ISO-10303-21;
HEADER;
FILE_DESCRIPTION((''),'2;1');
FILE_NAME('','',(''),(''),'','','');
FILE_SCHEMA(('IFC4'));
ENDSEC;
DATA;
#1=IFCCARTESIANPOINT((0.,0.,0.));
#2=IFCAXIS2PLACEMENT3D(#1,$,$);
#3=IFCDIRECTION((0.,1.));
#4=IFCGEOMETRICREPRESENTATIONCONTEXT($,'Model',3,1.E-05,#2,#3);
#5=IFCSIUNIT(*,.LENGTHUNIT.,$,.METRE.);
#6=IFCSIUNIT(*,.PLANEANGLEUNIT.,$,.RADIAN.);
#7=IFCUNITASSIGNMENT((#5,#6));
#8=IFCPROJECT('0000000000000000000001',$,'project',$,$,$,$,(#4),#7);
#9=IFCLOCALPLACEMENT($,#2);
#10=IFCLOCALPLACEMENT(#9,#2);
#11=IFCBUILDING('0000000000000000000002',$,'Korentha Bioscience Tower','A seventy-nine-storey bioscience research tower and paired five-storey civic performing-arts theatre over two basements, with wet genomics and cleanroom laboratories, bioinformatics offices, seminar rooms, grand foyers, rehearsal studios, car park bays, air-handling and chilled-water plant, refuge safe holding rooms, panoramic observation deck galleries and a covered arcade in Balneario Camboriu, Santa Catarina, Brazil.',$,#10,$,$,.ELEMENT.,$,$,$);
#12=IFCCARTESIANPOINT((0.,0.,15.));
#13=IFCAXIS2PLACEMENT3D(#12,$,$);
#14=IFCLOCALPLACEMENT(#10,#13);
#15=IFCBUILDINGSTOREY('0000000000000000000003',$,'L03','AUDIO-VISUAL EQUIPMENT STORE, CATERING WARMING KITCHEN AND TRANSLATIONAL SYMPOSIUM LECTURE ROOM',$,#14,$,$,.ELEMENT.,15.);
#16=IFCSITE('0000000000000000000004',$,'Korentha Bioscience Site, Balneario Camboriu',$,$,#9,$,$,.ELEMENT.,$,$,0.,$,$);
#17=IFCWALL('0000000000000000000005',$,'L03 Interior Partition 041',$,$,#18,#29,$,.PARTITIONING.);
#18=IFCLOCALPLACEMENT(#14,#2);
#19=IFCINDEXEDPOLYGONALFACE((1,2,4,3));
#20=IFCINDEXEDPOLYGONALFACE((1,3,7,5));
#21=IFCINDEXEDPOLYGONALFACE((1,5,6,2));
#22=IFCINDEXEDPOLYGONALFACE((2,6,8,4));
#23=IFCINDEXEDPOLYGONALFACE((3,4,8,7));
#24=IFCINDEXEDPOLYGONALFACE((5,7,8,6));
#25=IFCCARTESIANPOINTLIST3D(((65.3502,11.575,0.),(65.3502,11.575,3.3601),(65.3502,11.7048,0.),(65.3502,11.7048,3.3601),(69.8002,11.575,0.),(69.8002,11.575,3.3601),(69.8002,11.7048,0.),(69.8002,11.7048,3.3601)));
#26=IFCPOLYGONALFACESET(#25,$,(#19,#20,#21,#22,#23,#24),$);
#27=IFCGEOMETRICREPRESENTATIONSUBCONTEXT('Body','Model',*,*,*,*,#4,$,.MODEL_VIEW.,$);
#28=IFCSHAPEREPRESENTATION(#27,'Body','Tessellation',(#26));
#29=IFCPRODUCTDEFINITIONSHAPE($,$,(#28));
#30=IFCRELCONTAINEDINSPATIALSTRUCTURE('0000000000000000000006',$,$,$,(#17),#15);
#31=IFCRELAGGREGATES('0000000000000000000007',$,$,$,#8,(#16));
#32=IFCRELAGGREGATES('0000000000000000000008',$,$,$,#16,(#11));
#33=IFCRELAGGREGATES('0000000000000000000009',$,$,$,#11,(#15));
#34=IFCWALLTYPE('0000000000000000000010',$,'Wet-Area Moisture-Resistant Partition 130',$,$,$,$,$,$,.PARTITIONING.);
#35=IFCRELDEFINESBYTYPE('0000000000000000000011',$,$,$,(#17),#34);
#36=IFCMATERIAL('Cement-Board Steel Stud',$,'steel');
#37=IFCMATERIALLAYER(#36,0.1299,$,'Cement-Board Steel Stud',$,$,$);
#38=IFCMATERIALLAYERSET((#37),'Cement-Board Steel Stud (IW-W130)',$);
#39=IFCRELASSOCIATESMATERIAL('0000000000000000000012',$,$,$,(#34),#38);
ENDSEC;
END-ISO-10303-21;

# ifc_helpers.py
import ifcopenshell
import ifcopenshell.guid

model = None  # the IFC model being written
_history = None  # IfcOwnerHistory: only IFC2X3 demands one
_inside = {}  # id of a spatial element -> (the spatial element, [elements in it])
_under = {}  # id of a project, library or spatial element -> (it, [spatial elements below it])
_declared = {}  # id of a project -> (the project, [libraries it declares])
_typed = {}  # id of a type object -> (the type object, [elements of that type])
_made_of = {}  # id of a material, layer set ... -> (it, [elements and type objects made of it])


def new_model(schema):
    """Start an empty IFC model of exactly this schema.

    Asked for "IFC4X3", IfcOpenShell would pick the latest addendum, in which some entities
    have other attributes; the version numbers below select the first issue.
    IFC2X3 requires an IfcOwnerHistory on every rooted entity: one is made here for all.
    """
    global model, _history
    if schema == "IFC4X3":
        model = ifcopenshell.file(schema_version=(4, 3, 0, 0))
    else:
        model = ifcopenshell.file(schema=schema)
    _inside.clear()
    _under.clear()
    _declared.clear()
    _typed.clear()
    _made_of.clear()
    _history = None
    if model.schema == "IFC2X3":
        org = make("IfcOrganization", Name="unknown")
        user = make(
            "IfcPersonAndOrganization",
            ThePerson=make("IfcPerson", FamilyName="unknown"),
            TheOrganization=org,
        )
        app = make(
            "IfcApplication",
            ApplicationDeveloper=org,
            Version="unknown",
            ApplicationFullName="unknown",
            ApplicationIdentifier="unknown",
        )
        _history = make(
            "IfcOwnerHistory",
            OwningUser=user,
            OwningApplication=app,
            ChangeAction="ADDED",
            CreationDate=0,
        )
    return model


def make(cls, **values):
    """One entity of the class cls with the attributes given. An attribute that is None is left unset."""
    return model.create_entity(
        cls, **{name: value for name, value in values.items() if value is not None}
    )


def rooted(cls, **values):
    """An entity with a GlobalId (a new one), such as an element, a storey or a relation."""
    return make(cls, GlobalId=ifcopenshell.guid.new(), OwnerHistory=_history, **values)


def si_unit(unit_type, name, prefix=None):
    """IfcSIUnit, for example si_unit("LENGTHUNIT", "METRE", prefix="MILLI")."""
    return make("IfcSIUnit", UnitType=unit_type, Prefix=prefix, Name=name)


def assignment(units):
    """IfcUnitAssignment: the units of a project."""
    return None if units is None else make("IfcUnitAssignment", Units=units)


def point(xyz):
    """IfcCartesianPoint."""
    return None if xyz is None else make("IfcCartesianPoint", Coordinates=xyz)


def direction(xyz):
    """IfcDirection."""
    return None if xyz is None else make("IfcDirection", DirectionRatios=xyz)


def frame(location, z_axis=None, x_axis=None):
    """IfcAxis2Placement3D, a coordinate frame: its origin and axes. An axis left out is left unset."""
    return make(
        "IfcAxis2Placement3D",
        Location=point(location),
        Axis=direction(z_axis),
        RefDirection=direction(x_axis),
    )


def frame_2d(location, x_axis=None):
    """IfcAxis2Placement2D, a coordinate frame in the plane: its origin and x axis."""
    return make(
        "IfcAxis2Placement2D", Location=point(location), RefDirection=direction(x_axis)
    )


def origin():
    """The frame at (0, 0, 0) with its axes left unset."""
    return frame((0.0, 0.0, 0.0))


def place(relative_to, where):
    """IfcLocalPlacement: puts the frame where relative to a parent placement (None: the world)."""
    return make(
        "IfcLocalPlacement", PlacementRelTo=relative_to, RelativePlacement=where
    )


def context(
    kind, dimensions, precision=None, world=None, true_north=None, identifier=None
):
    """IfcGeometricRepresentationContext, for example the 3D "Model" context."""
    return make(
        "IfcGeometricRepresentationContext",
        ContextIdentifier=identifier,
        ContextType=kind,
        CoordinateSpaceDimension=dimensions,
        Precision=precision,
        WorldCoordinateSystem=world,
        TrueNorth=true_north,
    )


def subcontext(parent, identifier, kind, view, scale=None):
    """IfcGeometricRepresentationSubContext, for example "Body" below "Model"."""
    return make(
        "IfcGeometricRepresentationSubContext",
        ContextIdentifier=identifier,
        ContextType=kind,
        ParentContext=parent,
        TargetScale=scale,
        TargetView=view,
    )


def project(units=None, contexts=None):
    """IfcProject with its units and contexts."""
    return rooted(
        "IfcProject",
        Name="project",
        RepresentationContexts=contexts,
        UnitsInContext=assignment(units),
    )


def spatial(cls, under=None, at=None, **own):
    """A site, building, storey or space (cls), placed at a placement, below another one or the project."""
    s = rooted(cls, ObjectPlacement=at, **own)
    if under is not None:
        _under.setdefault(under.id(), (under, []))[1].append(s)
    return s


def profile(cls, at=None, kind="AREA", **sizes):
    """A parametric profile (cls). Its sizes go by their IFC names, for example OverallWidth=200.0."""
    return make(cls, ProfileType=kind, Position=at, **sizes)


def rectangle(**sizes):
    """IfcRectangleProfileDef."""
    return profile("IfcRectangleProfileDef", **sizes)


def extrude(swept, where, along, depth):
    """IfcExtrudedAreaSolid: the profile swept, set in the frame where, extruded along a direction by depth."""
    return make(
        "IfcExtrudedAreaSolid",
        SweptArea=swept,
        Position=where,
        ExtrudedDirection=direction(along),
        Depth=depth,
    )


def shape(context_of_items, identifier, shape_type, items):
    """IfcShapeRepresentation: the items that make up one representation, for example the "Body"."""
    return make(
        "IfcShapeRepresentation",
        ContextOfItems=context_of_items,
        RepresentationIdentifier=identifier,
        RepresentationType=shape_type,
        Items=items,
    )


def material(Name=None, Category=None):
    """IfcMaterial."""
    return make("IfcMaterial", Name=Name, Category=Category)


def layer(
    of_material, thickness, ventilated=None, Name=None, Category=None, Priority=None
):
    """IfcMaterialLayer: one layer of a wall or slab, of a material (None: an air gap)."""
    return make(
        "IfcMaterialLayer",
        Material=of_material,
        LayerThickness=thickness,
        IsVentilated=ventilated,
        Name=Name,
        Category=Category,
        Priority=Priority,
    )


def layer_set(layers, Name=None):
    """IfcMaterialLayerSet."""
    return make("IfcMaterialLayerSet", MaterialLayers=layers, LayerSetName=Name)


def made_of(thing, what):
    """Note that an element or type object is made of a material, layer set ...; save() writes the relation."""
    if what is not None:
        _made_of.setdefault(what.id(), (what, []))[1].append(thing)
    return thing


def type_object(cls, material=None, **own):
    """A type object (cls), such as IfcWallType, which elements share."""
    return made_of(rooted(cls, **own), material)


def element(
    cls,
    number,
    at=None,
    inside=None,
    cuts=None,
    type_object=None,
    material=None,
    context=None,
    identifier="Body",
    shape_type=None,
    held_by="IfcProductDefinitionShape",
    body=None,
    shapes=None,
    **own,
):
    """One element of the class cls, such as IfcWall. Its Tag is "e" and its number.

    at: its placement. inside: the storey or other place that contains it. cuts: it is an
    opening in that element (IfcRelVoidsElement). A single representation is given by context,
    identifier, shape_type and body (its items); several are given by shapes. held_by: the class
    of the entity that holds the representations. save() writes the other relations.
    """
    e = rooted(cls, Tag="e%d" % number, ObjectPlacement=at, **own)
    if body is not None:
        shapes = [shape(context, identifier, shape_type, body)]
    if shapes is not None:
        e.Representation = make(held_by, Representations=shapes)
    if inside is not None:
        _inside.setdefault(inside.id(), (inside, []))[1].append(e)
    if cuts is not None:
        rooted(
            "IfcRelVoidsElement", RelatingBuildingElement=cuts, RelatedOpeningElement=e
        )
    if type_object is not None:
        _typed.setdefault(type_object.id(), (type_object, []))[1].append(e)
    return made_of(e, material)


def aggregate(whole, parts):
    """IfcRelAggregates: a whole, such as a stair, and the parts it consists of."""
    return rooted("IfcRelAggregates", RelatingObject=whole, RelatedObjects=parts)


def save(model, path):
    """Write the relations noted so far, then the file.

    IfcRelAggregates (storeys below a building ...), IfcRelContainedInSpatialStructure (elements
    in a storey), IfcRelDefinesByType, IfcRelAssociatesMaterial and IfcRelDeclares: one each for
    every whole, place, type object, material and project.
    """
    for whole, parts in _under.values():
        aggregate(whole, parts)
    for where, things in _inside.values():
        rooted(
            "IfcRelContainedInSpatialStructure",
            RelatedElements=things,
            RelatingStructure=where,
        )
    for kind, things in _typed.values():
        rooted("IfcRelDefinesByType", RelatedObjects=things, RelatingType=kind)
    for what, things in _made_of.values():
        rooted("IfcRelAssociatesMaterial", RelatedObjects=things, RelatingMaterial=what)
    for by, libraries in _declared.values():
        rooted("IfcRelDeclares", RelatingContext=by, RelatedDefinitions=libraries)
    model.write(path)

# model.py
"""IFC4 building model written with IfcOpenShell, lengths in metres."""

from ifc_helpers import new_model, si_unit, direction, frame, frame_2d, origin, place, context, subcontext, project, spatial, rectangle, extrude, material, layer, layer_set, type_object, element, save


model = new_model("IFC4")

# Units and contexts
model_context = context("Model", 3, precision=1e-05, world=origin(), true_north=direction((0.0, 1.0)))
body_context = subcontext(model_context, "Body", "Model", "MODEL_VIEW")
ifc_project = project(units=[si_unit("LENGTHUNIT", "METRE"), si_unit("PLANEANGLEUNIT", "RADIAN")], contexts=[model_context])

# Site, building, storey
site_placement = place(None, origin())
site = spatial("IfcSite", under=ifc_project, at=site_placement, Name="Korentha Bioscience Site, Balneario Camboriu", CompositionType="ELEMENT", RefElevation=0.0)
building_placement = place(site_placement, origin())
building = spatial("IfcBuilding", under=site, at=building_placement, Name="Korentha Bioscience Tower", Description="A seventy-nine-storey bioscience research tower and paired five-storey civic performing-arts theatre over two basements, with wet genomics and cleanroom laboratories, bioinformatics offices, seminar rooms, grand foyers, rehearsal studios, car park bays, air-handling and chilled-water plant, refuge safe holding rooms, panoramic observation deck galleries and a covered arcade in Balneario Camboriu, Santa Catarina, Brazil.", CompositionType="ELEMENT")
storey_placement = place(building_placement, frame((0.0, 0.0, 15.0)))
storey = spatial("IfcBuildingStorey", under=building, at=storey_placement, Name="L03", Description="AUDIO-VISUAL EQUIPMENT STORE, CATERING WARMING KITCHEN AND TRANSLATIONAL SYMPOSIUM LECTURE ROOM", CompositionType="ELEMENT", Elevation=15.0)

# Wall
ifc_material_1 = material(Name="Cement-Board Steel Stud", Category="steel")
ifc_layer_1 = layer(ifc_material_1, 0.1299, Name="Cement-Board Steel Stud")
ifc_layer_set_1 = layer_set([ifc_layer_1], Name="Cement-Board Steel Stud (IW-W130)")
wall_type_1 = type_object("IfcWallType", Name="Wet-Area Moisture-Resistant Partition 130", PredefinedType="PARTITIONING", material=ifc_layer_set_1)
wall_1_placement = place(storey_placement, frame((65.3501, 11.6399, 0.0), z_axis=(0.0, 0.0, 1.0), x_axis=(1.0, 0.0, 0.0)))
element("IfcWall", 1, at=wall_1_placement, inside=storey, type_object=wall_type_1, Name="L03 Interior Partition 041", PredefinedType="PARTITIONING", context=body_context, shape_type="SweptSolid", body=[
    extrude(rectangle(XDim=4.45, YDim=0.1299, at=frame_2d((2.2251, 0.0))), origin(), (0.0, 0.0, 1.0), 3.3601),
])

save(model, "model.ifc")
